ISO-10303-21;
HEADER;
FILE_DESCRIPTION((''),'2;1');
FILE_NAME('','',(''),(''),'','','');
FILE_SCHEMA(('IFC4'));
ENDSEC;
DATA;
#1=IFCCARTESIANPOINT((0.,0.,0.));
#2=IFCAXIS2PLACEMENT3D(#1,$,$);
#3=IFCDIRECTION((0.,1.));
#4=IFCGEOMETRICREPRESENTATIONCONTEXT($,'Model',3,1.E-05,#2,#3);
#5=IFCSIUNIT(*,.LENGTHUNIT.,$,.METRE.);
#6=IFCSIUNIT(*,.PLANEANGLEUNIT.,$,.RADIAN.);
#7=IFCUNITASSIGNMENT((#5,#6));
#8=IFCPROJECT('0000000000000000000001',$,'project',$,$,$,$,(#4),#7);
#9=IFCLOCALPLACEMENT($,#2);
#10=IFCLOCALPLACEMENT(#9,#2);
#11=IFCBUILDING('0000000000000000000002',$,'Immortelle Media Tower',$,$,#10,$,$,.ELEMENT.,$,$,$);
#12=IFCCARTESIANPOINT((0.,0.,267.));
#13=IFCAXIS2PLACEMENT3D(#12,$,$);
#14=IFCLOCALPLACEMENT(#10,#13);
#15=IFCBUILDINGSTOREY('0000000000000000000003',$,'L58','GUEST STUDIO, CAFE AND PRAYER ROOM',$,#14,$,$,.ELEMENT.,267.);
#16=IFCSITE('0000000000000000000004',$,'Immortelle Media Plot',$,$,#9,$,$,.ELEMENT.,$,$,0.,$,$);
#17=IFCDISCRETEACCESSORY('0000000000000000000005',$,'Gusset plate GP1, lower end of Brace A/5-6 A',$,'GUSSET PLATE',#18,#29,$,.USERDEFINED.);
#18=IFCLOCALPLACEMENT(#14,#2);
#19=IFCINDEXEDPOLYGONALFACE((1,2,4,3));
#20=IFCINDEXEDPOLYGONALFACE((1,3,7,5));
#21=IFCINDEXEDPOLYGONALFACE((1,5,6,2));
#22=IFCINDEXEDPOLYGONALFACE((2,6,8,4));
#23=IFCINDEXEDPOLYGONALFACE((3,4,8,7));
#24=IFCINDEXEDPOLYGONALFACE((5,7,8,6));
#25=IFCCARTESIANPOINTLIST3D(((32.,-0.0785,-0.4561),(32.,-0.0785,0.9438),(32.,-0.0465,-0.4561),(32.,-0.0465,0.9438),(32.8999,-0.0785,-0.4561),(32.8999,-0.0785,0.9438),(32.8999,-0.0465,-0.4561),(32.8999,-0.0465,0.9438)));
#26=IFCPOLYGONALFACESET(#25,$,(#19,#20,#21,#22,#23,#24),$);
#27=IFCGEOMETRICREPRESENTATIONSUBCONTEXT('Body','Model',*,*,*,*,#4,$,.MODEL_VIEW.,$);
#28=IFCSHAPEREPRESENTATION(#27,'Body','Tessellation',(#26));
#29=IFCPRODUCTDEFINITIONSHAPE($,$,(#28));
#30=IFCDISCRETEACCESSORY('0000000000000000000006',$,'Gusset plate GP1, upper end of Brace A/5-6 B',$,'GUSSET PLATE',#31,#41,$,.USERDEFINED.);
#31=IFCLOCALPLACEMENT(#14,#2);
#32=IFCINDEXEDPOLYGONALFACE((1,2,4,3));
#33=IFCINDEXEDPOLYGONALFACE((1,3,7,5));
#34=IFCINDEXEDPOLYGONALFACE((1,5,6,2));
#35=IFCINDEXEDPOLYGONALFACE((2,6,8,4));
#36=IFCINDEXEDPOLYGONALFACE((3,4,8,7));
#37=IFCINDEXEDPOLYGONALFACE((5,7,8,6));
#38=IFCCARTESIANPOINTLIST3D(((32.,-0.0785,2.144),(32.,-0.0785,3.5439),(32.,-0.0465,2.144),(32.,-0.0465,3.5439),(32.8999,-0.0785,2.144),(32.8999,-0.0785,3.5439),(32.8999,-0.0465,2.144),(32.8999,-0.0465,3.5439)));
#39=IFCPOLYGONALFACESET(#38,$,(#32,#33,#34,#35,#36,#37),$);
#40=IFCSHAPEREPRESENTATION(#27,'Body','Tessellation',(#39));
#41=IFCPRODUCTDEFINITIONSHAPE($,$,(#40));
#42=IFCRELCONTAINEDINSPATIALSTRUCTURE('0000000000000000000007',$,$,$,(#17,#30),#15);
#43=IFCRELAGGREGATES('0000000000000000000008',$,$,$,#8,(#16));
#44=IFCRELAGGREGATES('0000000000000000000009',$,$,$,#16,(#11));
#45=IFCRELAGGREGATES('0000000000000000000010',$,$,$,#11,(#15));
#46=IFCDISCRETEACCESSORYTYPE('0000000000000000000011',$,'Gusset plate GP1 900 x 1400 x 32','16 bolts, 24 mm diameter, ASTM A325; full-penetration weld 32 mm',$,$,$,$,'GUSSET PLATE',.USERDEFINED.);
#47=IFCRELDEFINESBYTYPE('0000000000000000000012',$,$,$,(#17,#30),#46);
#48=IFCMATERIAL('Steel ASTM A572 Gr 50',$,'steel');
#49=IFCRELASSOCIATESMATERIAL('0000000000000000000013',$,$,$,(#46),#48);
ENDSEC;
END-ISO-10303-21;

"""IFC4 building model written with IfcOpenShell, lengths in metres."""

from ifc_helpers import new_model, si_unit, direction, frame, origin, origin_2d, place, context, subcontext, project, spatial, rectangle, extrude, material, material_profile, profile_set, type_object, element, save


model = new_model("IFC4")

# Units and contexts
model_context = context("Model", 3, precision=1e-05, world=origin(), true_north=direction((0.0, 1.0)))
body_context = subcontext(model_context, "Body", "Model", "MODEL_VIEW")
ifc_project = project(units=[si_unit("LENGTHUNIT", "METRE"), si_unit("PLANEANGLEUNIT", "RADIAN")], contexts=[model_context])

# Site, building, storey
site_placement = place(None, origin())
site = spatial("IfcSite", under=ifc_project, at=site_placement, Name="Immortelle Media Plot", CompositionType="ELEMENT", RefElevation=0.0)
building_placement = place(site_placement, origin())
building = spatial("IfcBuilding", under=site, at=building_placement, Name="Immortelle Media Tower", CompositionType="ELEMENT")
storey_placement = place(building_placement, frame((0.0, 0.0, 267.0)))
storey = spatial("IfcBuildingStorey", under=building, at=storey_placement, Name="L58", Description="GUEST STUDIO, CAFE AND PRAYER ROOM", CompositionType="ELEMENT", Elevation=267.0)

# Discrete accessories
ifc_material_1 = material(Name="Steel ASTM A572 Gr 50", Category="steel")
ifc_material_profile_1 = material_profile(ifc_material_1, rectangle(XDim=0.032, YDim=1.3999, at=origin_2d()), Name="PL 32 x 1400")
ifc_profile_set_1 = profile_set([ifc_material_profile_1], Name="Steel ASTM A572 Gr 50")
discrete_accessory_type_1 = type_object("IfcDiscreteAccessoryType", Name="Gusset plate GP1 900 x 1400 x 32", Description="16 bolts, 24 mm diameter, ASTM A325; full-penetration weld 32 mm", ElementType="GUSSET PLATE", PredefinedType="USERDEFINED", material=ifc_profile_set_1)
for number, where, z_axis, x_axis, name in (
    (1, (32.0, -0.0625, 0.2439), (1.0, 0.0, 0.0), (0.0, 1.0, 0.0), "Gusset plate GP1, lower end of Brace A/5-6 A"),
    (2, (32.0, -0.0625, 2.844), (1.0, 0.0, 0.0), (0.0, 1.0, 0.0), "Gusset plate GP1, upper end of Brace A/5-6 B"),
):
    element("IfcDiscreteAccessory", number, at=place(storey_placement, frame(where, z_axis=z_axis, x_axis=x_axis)), inside=storey, type_object=discrete_accessory_type_1, Name=name, ObjectType="GUSSET PLATE", PredefinedType="USERDEFINED", context=body_context, shape_type="SweptSolid", body=[
        extrude(rectangle(XDim=0.032, YDim=1.3999, at=origin_2d()), origin(), (0.0, 0.0, 1.0), 0.8999),
    ])

save(model, "model.ifc")
